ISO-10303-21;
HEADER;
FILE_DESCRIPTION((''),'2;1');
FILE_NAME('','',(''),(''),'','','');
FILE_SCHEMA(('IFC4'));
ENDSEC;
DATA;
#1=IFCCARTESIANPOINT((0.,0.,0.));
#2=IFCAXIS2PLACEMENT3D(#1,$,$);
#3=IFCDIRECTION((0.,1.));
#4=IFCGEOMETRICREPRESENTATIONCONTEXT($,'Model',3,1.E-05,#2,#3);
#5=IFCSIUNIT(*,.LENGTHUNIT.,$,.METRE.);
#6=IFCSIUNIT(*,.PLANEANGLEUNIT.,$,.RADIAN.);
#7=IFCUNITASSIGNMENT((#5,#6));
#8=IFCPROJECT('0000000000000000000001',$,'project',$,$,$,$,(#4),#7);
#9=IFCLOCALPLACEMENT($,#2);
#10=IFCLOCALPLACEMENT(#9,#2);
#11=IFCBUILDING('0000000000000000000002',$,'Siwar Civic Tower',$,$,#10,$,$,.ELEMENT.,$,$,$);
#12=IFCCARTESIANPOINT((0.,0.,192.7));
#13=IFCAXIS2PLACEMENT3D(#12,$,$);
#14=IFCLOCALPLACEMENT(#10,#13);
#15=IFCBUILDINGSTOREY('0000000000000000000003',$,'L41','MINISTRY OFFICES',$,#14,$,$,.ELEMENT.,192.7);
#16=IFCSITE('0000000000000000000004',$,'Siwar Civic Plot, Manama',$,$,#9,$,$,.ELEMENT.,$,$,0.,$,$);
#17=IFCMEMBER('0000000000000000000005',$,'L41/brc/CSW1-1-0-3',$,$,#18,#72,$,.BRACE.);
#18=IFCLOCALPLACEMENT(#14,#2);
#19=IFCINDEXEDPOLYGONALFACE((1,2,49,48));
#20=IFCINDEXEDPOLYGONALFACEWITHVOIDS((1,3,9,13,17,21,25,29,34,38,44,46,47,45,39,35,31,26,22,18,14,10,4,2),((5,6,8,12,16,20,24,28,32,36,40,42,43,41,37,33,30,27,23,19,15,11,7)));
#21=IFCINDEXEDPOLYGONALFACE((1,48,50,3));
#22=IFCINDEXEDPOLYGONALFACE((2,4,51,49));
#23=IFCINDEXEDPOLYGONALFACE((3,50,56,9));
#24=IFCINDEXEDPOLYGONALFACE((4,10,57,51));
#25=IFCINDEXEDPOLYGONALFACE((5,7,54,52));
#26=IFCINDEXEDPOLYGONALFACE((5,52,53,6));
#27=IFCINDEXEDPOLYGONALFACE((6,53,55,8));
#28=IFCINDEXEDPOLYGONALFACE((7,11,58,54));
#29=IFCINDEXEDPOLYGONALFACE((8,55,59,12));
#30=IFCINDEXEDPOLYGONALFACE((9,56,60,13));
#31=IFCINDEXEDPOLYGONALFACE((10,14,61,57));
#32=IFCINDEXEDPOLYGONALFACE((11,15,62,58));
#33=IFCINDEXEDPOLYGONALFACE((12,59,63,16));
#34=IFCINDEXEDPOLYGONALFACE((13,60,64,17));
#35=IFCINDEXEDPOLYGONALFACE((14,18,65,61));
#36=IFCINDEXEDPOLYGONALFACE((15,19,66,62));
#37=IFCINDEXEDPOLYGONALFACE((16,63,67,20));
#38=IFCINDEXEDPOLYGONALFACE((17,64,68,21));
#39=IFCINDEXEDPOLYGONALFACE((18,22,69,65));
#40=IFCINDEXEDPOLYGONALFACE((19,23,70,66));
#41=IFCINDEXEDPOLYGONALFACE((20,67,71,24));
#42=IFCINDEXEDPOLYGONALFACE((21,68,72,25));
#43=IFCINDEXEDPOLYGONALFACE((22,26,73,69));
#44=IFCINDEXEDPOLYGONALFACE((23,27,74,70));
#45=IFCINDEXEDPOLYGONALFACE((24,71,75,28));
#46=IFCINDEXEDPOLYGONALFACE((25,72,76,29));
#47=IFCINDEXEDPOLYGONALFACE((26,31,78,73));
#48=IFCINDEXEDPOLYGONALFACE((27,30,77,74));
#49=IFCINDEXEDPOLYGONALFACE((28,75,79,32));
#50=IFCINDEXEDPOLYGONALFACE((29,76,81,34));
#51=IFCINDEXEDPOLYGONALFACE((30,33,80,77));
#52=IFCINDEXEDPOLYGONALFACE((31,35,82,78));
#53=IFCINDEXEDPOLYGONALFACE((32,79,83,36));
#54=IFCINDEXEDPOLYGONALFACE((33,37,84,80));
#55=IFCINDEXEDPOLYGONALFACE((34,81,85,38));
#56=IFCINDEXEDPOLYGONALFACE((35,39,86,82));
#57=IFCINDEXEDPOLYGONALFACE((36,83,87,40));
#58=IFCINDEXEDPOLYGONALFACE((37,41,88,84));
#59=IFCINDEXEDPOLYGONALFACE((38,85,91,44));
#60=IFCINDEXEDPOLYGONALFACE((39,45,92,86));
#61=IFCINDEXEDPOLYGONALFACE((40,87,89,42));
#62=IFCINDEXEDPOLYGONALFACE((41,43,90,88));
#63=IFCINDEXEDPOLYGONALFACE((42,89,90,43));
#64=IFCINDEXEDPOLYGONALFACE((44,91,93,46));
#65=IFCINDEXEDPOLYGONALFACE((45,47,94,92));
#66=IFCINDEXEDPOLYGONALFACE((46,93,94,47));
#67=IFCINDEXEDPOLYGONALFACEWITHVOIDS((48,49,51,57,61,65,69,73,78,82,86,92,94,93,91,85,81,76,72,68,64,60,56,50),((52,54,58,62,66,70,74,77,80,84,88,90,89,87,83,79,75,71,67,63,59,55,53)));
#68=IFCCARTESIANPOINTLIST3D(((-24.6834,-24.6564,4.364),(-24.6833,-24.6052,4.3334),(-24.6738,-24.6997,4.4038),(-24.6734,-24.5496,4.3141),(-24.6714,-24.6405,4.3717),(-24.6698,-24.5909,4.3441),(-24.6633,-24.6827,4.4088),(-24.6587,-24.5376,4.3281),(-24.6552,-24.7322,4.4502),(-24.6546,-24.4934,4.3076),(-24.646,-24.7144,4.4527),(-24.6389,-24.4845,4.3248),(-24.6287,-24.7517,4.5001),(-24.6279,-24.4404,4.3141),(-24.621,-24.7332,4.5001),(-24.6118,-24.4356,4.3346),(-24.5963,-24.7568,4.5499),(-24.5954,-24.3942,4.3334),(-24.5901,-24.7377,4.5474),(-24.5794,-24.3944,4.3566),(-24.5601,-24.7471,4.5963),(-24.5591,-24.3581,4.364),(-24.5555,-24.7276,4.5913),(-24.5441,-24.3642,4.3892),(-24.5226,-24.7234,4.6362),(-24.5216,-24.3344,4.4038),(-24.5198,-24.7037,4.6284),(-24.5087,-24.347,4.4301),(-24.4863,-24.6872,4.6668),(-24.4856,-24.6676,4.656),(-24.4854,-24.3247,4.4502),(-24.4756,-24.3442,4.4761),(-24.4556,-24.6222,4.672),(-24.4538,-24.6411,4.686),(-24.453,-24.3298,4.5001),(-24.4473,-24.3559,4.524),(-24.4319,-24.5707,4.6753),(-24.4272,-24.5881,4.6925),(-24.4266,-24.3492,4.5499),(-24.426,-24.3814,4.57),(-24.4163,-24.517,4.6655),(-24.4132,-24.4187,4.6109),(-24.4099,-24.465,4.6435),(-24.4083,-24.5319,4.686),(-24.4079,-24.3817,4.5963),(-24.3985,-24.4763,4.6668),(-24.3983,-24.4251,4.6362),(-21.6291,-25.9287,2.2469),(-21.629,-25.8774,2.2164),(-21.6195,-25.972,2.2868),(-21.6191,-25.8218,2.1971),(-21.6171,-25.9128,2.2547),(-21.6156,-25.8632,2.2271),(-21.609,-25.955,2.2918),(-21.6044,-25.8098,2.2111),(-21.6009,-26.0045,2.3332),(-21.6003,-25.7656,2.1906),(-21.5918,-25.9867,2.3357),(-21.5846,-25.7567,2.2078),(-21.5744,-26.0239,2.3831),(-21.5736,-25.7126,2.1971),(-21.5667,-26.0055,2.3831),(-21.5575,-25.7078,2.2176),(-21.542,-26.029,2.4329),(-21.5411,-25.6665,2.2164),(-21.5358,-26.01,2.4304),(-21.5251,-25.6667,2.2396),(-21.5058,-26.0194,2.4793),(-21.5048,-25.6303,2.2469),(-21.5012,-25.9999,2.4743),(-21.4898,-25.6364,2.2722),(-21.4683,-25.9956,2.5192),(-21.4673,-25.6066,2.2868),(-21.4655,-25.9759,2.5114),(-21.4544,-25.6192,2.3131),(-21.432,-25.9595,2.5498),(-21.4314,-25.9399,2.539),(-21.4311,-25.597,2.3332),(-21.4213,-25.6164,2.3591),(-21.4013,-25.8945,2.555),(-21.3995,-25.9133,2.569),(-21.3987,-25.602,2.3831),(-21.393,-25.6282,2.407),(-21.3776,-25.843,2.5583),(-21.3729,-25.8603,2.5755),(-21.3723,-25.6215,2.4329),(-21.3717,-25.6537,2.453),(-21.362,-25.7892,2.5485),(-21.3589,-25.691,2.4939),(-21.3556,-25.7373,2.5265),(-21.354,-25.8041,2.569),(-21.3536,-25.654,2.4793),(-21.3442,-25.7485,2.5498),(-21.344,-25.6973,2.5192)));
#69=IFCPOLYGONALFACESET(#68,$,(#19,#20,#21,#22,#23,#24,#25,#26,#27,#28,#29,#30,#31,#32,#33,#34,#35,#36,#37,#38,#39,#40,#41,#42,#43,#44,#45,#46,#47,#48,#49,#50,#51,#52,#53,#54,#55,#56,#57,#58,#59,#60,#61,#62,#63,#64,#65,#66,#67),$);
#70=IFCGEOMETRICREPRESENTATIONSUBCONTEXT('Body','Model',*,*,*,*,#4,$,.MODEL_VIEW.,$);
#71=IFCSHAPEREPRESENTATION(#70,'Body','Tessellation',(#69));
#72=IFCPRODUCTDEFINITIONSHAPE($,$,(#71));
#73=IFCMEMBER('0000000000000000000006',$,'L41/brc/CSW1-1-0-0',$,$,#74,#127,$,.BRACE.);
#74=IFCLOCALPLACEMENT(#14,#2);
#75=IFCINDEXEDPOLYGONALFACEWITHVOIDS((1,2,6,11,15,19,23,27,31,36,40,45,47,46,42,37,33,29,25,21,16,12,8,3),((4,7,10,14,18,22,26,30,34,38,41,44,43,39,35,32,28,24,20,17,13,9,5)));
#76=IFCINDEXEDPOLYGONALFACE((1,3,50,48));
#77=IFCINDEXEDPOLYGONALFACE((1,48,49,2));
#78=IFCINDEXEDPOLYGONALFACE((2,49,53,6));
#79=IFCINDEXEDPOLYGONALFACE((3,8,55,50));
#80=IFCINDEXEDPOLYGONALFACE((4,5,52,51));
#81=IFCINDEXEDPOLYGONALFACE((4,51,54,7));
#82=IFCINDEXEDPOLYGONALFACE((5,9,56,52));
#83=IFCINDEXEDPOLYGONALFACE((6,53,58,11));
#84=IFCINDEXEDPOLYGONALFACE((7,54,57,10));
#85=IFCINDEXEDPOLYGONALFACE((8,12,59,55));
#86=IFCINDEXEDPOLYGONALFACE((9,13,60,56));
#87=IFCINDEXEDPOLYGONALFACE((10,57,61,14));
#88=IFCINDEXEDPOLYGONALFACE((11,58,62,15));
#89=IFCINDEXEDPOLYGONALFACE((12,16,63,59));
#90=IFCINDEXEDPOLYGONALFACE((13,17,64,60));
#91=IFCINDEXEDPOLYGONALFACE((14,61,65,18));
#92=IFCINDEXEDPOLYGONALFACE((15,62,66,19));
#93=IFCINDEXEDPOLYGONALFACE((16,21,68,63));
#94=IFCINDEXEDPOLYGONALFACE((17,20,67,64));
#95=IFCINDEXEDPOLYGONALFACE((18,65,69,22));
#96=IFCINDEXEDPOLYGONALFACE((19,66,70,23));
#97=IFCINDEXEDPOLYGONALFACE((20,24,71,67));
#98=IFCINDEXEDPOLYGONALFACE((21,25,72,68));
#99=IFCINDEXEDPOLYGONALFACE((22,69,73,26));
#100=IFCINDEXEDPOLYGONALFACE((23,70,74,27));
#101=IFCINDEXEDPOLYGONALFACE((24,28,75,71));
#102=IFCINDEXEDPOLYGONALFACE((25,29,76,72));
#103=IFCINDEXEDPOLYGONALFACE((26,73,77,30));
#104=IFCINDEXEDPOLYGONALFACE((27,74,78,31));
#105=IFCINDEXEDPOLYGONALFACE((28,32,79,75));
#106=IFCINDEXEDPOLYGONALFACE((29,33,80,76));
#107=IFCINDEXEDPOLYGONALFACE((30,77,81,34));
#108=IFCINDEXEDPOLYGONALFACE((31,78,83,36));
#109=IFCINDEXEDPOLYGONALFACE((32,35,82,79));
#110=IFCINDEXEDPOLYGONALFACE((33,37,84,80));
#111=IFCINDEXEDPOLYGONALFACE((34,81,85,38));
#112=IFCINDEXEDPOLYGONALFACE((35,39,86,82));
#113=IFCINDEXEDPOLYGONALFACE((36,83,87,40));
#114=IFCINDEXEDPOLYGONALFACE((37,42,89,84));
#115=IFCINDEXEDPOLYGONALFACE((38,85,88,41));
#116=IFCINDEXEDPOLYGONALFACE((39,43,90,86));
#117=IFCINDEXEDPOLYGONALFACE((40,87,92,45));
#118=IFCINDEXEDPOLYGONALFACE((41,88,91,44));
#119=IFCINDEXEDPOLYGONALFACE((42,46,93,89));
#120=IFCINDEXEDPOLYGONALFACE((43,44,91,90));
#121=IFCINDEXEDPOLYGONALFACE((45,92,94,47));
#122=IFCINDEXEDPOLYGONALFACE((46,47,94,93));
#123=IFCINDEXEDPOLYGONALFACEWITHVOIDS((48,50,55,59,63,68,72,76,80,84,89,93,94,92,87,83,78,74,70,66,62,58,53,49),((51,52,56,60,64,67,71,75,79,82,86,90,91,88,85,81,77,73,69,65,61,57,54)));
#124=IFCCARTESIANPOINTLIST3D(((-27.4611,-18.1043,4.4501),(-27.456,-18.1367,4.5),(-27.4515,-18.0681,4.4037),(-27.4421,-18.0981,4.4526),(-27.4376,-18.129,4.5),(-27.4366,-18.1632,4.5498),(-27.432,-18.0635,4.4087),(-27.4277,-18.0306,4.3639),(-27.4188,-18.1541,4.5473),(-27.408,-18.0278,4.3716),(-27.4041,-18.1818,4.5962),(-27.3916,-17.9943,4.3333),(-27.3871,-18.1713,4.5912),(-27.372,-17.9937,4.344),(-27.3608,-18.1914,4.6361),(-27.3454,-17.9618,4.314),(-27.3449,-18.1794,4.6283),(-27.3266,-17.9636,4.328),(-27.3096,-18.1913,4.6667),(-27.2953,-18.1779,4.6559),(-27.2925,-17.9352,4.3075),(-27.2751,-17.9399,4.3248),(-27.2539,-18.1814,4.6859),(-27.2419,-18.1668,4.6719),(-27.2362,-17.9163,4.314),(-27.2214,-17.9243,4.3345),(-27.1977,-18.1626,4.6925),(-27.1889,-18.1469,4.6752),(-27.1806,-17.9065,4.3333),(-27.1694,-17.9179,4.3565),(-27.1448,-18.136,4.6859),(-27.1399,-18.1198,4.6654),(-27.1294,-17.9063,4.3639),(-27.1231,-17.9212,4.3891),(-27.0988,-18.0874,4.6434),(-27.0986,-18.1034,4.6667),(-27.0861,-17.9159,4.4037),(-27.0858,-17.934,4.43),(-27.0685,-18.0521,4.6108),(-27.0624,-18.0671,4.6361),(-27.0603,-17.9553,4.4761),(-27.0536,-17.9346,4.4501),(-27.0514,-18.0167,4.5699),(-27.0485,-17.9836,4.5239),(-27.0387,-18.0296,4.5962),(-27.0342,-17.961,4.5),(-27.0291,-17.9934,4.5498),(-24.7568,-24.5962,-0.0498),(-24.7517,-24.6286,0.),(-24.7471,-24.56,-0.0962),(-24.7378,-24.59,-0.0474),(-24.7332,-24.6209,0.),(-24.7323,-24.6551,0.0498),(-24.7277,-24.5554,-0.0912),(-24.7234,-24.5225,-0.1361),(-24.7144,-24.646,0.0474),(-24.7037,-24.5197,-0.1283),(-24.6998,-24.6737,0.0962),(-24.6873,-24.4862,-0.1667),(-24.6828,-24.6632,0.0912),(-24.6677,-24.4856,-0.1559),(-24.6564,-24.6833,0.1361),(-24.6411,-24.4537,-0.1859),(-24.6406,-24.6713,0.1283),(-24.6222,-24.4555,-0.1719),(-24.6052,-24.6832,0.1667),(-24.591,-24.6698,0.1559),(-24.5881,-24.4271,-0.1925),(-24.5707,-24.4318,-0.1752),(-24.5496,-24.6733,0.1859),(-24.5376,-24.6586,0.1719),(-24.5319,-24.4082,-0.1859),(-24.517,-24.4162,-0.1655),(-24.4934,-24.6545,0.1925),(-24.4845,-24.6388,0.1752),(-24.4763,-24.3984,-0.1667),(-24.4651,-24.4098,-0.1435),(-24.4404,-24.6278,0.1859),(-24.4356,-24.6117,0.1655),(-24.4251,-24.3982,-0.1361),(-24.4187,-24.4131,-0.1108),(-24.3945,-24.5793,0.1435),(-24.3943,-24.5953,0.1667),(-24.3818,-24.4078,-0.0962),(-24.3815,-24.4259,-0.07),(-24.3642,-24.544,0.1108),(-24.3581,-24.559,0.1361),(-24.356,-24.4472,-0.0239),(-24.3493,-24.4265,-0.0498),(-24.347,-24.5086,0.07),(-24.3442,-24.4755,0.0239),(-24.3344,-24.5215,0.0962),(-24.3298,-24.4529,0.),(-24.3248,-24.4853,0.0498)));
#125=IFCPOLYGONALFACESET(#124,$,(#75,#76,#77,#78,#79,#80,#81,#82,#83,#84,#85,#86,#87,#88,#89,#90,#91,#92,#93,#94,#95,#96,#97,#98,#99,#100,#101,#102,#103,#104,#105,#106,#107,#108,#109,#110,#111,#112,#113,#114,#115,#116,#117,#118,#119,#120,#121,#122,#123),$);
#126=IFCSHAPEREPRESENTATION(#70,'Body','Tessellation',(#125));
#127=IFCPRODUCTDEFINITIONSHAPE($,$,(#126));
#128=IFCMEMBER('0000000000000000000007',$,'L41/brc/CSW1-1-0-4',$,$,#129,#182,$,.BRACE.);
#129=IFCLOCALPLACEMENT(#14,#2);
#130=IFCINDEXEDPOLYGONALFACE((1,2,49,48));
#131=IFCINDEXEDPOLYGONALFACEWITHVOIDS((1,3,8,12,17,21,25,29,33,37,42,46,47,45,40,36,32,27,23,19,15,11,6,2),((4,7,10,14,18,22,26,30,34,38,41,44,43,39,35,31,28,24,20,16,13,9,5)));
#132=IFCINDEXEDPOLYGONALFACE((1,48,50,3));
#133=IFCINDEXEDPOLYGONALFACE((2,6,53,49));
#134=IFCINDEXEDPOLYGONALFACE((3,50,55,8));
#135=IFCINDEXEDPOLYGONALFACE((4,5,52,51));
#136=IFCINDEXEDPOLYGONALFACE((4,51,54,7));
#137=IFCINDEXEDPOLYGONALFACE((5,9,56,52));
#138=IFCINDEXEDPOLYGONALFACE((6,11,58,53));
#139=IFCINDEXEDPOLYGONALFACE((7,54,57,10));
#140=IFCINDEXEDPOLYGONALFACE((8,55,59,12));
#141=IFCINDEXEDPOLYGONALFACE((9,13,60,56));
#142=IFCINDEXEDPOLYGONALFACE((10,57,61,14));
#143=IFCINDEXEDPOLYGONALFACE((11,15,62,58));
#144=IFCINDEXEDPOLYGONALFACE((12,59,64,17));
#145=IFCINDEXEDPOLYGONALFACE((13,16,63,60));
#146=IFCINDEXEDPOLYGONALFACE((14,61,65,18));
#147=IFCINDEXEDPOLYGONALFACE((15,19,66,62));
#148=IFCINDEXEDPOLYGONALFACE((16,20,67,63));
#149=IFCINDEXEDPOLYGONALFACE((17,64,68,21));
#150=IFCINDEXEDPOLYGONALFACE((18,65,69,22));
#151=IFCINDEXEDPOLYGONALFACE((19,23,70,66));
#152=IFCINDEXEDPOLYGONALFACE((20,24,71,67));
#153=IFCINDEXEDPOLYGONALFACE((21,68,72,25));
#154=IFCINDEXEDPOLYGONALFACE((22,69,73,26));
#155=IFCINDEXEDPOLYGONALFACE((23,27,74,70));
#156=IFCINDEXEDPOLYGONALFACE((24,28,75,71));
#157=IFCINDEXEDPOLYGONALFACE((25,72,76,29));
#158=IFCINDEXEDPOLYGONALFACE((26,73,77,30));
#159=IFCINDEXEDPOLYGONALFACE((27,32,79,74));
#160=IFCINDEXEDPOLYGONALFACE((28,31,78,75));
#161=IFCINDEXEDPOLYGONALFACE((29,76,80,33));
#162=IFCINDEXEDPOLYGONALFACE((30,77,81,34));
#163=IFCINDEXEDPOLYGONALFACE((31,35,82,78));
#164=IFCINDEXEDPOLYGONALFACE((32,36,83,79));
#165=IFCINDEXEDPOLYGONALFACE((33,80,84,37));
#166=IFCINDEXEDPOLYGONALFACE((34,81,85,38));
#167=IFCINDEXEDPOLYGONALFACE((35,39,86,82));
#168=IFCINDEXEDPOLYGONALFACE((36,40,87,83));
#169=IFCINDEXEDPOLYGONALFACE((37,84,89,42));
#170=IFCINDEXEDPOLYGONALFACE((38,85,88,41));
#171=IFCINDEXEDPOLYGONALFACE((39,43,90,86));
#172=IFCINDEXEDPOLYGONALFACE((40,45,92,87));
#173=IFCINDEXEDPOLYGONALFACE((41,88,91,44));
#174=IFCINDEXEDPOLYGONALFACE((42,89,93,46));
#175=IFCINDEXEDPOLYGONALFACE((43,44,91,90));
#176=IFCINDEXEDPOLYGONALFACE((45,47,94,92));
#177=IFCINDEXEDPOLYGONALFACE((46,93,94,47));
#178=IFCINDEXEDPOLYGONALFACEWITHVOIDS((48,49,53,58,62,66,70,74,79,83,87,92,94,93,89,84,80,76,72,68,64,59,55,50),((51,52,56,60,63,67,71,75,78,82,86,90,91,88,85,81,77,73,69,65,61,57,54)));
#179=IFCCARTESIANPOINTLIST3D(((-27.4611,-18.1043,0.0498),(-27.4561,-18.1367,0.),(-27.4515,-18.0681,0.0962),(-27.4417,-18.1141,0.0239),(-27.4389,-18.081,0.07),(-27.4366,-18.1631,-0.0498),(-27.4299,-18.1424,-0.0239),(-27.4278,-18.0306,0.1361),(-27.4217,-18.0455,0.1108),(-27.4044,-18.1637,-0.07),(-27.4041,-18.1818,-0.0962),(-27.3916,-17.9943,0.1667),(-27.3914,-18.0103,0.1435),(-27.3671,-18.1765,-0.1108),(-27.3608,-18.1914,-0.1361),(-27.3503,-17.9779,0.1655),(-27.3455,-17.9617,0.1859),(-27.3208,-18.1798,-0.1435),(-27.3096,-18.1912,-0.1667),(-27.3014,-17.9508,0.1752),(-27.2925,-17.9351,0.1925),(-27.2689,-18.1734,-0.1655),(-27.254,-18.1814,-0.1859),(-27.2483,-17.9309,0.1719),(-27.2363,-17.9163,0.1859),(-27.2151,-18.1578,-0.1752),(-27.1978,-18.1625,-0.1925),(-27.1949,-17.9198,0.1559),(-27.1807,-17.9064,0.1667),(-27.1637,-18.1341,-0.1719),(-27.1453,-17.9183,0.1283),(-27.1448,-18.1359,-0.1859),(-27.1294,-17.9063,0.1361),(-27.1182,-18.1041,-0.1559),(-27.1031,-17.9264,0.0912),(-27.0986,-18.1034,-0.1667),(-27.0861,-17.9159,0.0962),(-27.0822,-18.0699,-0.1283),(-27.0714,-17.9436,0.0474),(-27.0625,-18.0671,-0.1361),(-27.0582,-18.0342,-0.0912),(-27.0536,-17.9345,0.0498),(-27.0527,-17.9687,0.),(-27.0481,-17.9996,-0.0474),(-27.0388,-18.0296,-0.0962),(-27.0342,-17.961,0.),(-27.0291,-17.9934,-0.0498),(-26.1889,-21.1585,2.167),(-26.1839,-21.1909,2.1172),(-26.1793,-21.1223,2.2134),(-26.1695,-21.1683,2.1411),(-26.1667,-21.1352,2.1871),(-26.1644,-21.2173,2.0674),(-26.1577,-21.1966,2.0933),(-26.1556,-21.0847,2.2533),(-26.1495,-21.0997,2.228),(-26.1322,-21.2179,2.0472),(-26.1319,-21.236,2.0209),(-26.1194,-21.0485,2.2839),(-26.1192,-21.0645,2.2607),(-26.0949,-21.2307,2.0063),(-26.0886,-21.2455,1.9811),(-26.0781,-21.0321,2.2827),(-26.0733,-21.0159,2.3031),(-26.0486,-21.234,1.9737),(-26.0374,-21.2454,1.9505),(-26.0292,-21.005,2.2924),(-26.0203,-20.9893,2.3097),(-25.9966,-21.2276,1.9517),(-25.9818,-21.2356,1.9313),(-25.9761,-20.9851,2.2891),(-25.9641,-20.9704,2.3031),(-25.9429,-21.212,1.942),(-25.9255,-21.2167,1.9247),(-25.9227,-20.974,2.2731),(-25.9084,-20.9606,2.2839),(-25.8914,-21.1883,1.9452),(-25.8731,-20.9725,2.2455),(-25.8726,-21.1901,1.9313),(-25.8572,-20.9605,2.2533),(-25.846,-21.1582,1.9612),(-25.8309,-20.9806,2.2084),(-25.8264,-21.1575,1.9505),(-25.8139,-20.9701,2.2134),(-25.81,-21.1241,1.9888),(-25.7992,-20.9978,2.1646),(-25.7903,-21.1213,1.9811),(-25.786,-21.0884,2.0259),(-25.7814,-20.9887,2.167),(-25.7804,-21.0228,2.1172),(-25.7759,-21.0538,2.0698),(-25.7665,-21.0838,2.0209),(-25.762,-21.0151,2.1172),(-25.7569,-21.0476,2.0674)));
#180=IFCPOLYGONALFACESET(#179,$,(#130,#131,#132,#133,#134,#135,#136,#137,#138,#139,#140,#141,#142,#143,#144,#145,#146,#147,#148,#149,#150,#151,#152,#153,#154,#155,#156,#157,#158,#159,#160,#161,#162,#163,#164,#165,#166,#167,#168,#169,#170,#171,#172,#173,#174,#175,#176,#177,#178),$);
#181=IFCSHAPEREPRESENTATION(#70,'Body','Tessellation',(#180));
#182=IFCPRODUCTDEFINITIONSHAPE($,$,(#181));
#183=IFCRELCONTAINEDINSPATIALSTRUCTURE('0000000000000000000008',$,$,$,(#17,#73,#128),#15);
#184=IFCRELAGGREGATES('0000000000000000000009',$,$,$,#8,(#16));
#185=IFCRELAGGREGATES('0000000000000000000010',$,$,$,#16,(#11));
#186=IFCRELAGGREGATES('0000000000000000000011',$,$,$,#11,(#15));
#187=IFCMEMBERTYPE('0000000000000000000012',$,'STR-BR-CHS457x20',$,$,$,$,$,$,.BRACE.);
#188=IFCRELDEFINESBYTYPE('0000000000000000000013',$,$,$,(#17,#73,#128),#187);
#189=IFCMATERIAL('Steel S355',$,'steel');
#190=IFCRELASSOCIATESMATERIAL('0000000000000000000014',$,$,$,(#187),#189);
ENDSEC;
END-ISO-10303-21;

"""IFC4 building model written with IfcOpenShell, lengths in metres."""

from ifc_helpers import new_model, si_unit, direction, frame, origin, origin_2d, place, context, subcontext, project, spatial, hollow_circle, extrude, material, material_profile, profile_set, type_object, element, save


model = new_model("IFC4")

# Units and contexts
model_context = context("Model", 3, precision=1e-05, world=origin(), true_north=direction((0.0, 1.0)))
body_context = subcontext(model_context, "Body", "Model", "MODEL_VIEW")
ifc_project = project(units=[si_unit("LENGTHUNIT", "METRE"), si_unit("PLANEANGLEUNIT", "RADIAN")], contexts=[model_context])

# Site, building, storey
site_placement = place(None, origin())
site = spatial("IfcSite", under=ifc_project, at=site_placement, Name="Siwar Civic Plot, Manama", CompositionType="ELEMENT", RefElevation=0.0)
building_placement = place(site_placement, origin())
building = spatial("IfcBuilding", under=site, at=building_placement, Name="Siwar Civic Tower", CompositionType="ELEMENT")
storey_placement = place(building_placement, frame((0.0, 0.0, 192.7)))
storey = spatial("IfcBuildingStorey", under=building, at=storey_placement, Name="L41", Description="MINISTRY OFFICES", CompositionType="ELEMENT", Elevation=192.7)

# Members
ifc_material_1 = material(Name="Steel S355", Category="steel")
ifc_material_profile_1 = material_profile(ifc_material_1, hollow_circle(Radius=0.2285, WallThickness=0.02, at=origin_2d()), Name="CHS457x20")
ifc_profile_set_1 = profile_set([ifc_material_profile_1], Name="Steel S355")
member_type_1 = type_object("IfcMemberType", Name="STR-BR-CHS457x20", PredefinedType="BRACE", material=ifc_profile_set_1)
for number, where, z_axis, x_axis, name in (
    (1, (-21.4866, -25.813, 2.3831), (-0.777572, 0.323895, 0.538955), (-0.384521, -0.923116, 0.0), "L41/brc/CSW1-1-0-3"),
):
    element("IfcMember", number, at=place(storey_placement, frame(where, z_axis=z_axis, x_axis=x_axis)), inside=storey, type_object=member_type_1, Name=name, PredefinedType="BRACE", context=body_context, shape_type="SweptSolid", body=[
        extrude(hollow_circle(Radius=0.2285, WallThickness=0.02, at=origin_2d()), origin(), (0.0, 0.0, 1.0), 3.928),
    ])
member_1_placement = place(storey_placement, frame((-24.5408, -24.5408, 0.0), z_axis=(-0.323906, 0.777555, 0.538975), x_axis=(-0.923109, -0.384539, 0.0)))
element("IfcMember", 2, at=member_1_placement, inside=storey, type_object=member_type_1, Name="L41/brc/CSW1-1-0-0", PredefinedType="BRACE", context=body_context, shape_type="SweptSolid", body=[
    extrude(hollow_circle(Radius=0.2285, WallThickness=0.02, at=origin_2d()), origin(), (0.0, 0.0, 1.0), 8.3491),
])
for number, where, z_axis, x_axis, name in (
    (3, (-27.2451, -18.0488, 0.0), (0.323884, -0.777546, 0.538999), (0.923116, 0.384521, 0.0), "L41/brc/CSW1-1-0-4"),
):
    element("IfcMember", number, at=place(storey_placement, frame(where, z_axis=z_axis, x_axis=x_axis)), inside=storey, type_object=member_type_1, Name=name, PredefinedType="BRACE", context=body_context, shape_type="SweptSolid", body=[
        extrude(hollow_circle(Radius=0.2285, WallThickness=0.02, at=origin_2d()), origin(), (0.0, 0.0, 1.0), 3.928),
    ])

save(model, "model.ifc")
